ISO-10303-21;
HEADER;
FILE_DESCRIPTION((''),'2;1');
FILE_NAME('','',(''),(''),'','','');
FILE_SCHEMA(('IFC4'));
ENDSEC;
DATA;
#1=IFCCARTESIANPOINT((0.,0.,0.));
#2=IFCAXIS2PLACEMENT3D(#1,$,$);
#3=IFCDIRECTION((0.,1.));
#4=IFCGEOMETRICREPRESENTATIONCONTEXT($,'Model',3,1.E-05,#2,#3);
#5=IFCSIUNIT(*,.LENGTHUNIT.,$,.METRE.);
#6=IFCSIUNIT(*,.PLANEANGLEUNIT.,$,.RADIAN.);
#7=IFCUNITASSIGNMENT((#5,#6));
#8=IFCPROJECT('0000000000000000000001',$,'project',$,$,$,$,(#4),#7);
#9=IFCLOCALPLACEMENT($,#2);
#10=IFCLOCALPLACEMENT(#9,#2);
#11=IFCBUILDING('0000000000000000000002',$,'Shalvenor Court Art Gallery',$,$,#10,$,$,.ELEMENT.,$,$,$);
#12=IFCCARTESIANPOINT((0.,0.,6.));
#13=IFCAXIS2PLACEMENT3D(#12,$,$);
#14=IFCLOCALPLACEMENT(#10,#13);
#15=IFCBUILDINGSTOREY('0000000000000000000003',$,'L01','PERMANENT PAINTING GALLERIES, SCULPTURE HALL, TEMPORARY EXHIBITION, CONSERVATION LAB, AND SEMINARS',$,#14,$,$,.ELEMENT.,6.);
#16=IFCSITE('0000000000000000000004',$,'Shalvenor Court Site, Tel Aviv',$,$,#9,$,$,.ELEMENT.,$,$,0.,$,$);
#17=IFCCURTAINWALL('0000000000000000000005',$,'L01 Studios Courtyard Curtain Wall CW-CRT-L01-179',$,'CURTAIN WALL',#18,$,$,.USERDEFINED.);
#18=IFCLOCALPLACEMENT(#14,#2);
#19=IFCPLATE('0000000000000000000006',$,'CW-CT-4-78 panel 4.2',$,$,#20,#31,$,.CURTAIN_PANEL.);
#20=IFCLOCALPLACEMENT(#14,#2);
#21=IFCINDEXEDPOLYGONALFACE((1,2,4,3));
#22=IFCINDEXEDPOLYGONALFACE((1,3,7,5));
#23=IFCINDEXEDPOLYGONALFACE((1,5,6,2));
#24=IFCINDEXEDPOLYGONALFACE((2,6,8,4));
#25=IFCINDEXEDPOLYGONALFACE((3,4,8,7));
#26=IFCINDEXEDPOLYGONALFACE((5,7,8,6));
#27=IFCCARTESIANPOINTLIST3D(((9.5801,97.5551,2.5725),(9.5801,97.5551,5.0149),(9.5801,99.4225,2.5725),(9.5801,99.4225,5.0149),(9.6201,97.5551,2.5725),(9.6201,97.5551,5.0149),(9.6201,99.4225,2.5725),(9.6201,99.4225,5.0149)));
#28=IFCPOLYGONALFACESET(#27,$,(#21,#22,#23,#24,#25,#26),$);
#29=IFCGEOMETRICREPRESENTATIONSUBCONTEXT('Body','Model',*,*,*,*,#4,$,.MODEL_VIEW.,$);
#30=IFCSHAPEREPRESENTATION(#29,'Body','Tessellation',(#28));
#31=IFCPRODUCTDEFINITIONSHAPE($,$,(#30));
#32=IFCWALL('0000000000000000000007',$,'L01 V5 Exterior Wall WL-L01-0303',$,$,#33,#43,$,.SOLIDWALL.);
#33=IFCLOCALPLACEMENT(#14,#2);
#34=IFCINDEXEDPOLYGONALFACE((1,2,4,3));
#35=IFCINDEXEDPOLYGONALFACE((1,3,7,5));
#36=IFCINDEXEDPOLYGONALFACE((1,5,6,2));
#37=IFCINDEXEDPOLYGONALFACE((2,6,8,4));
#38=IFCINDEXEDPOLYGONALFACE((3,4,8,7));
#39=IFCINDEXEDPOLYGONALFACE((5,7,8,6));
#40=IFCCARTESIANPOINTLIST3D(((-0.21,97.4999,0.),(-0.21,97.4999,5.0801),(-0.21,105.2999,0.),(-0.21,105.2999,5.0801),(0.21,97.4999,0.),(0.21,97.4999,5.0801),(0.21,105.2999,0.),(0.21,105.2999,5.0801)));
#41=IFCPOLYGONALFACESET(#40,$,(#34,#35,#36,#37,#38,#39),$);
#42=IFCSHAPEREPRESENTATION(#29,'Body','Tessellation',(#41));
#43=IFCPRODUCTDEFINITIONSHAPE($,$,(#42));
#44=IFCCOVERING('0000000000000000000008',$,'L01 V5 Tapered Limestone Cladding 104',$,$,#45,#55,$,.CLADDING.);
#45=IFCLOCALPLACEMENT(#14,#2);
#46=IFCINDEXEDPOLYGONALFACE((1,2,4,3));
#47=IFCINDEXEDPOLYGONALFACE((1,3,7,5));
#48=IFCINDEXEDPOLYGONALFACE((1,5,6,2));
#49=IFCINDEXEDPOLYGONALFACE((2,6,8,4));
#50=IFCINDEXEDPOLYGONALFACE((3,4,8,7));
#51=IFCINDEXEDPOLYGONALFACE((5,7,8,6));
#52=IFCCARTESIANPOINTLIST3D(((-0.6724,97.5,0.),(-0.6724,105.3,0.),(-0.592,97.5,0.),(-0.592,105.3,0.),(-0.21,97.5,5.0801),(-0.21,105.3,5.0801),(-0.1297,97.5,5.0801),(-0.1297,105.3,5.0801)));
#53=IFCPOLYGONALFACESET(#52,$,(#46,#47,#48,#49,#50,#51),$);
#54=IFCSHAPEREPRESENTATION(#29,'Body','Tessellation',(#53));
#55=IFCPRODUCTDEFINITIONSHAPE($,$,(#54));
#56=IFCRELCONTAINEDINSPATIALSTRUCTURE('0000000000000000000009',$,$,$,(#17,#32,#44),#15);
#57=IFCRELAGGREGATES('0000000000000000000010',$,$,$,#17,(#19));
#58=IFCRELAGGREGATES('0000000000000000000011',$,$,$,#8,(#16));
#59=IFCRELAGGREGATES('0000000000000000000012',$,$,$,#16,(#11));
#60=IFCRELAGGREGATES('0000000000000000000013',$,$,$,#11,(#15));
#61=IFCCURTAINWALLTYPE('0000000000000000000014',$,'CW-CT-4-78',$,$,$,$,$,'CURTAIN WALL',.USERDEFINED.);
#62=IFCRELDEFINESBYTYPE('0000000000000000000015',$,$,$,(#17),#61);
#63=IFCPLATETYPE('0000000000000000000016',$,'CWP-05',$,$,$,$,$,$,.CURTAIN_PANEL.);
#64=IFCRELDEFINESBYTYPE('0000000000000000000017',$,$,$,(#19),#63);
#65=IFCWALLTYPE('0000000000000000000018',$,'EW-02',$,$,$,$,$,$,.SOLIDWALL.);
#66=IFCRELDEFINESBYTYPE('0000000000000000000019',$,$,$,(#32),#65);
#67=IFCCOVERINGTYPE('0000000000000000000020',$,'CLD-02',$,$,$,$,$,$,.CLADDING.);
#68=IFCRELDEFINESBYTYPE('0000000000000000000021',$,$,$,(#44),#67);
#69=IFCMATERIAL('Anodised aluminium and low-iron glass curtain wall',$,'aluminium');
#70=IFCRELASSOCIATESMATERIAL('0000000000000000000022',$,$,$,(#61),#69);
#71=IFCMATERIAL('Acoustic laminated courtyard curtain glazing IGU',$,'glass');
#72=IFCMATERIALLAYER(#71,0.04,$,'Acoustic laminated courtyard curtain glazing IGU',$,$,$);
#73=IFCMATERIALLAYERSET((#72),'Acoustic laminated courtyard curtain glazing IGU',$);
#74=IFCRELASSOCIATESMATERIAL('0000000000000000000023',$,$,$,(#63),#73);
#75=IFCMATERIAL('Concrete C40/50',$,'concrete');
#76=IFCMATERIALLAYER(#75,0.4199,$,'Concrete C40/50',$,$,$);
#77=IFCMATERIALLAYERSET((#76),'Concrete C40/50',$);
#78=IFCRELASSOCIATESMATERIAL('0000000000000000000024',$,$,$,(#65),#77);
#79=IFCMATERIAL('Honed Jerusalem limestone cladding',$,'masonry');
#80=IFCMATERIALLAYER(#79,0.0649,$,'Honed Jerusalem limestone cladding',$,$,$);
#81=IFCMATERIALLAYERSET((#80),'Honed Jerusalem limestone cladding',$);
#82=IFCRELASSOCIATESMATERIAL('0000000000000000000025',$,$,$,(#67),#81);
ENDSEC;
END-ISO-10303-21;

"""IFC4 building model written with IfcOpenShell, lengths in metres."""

from ifc_helpers import new_model, si_unit, direction, frame, frame_2d, origin, origin_2d, place, context, subcontext, project, spatial, polyline, rectangle, outline, extrude, material, layer, layer_set, type_object, element, aggregate, save


model = new_model("IFC4")

# Units and contexts
model_context = context("Model", 3, precision=1e-05, world=origin(), true_north=direction((0.0, 1.0)))
body_context = subcontext(model_context, "Body", "Model", "MODEL_VIEW")
ifc_project = project(units=[si_unit("LENGTHUNIT", "METRE"), si_unit("PLANEANGLEUNIT", "RADIAN")], contexts=[model_context])

# Site, building, storey
site_placement = place(None, origin())
site = spatial("IfcSite", under=ifc_project, at=site_placement, Name="Shalvenor Court Site, Tel Aviv", CompositionType="ELEMENT", RefElevation=0.0)
building_placement = place(site_placement, origin())
building = spatial("IfcBuilding", under=site, at=building_placement, Name="Shalvenor Court Art Gallery", CompositionType="ELEMENT")
storey_placement = place(building_placement, frame((0.0, 0.0, 6.0)))
storey = spatial("IfcBuildingStorey", under=building, at=storey_placement, Name="L01", Description="PERMANENT PAINTING GALLERIES, SCULPTURE HALL, TEMPORARY EXHIBITION, CONSERVATION LAB, AND SEMINARS", CompositionType="ELEMENT", Elevation=6.0)

# Curtain wall
ifc_material_1 = material(Name="Anodised aluminium and low-iron glass curtain wall", Category="aluminium")
curtain_wall_type_1 = type_object("IfcCurtainWallType", Name="CW-CT-4-78", ElementType="CURTAIN WALL", PredefinedType="USERDEFINED", material=ifc_material_1)
curtain_wall_1_placement = place(storey_placement, origin())
curtain_wall_1 = element("IfcCurtainWall", 1, at=curtain_wall_1_placement, inside=storey, type_object=curtain_wall_type_1, Name="L01 Studios Courtyard Curtain Wall CW-CRT-L01-179", ObjectType="CURTAIN WALL", PredefinedType="USERDEFINED")

# Plate
ifc_material_2 = material(Name="Acoustic laminated courtyard curtain glazing IGU", Category="glass")
ifc_layer_1 = layer(ifc_material_2, 0.04, Name="Acoustic laminated courtyard curtain glazing IGU")
ifc_layer_set_1 = layer_set([ifc_layer_1], Name="Acoustic laminated courtyard curtain glazing IGU")
plate_type = type_object("IfcPlateType", Name="CWP-05", PredefinedType="CURTAIN_PANEL", material=ifc_layer_set_1)
plate_1_placement = place(storey_placement, frame((9.6001, 98.4888, 2.5725), z_axis=(0.0, 0.0, 1.0), x_axis=(0.0, -1.0, 0.0)))
plate_1 = element("IfcPlate", 2, at=plate_1_placement, type_object=plate_type, Name="CW-CT-4-78 panel 4.2", PredefinedType="CURTAIN_PANEL", context=body_context, shape_type="SweptSolid", body=[
    extrude(rectangle(XDim=1.8674, YDim=0.04, at=origin_2d()), origin(), (0.0, 0.0, 1.0), 2.4424),
])
aggregate(curtain_wall_1, [plate_1])

# Wall
ifc_material_3 = material(Name="Concrete C40/50", Category="concrete")
ifc_layer_2 = layer(ifc_material_3, 0.4199, Name="Concrete C40/50")
ifc_layer_set_2 = layer_set([ifc_layer_2], Name="Concrete C40/50")
wall_type = type_object("IfcWallType", Name="EW-02", PredefinedType="SOLIDWALL", material=ifc_layer_set_2)
wall_placement = place(storey_placement, frame((0.0, 97.5, 0.0), z_axis=(0.0, 0.0, 1.0), x_axis=(0.0, 1.0, 0.0)))
element("IfcWall", 3, at=wall_placement, inside=storey, type_object=wall_type, Name="L01 V5 Exterior Wall WL-L01-0303", PredefinedType="SOLIDWALL", context=body_context, shape_type="SweptSolid", body=[
    extrude(rectangle(XDim=7.8, YDim=0.4199, at=frame_2d((3.8999, 0.0))), origin(), (0.0, 0.0, 1.0), 5.0801),
])

# Covering
ifc_material_4 = material(Name="Honed Jerusalem limestone cladding", Category="masonry")
ifc_layer_3 = layer(ifc_material_4, 0.0649, Name="Honed Jerusalem limestone cladding")
ifc_layer_set_3 = layer_set([ifc_layer_3], Name="Honed Jerusalem limestone cladding")
covering_type = type_object("IfcCoveringType", Name="CLD-02", PredefinedType="CLADDING", material=ifc_layer_set_3)
covering_placement = place(storey_placement, frame((-0.6724, 105.3, 0.0), z_axis=(0.0, 0.0, 1.0), x_axis=(0.0, -1.0, 0.0)))
element("IfcCovering", 4, at=covering_placement, inside=storey, type_object=covering_type, Name="L01 V5 Tapered Limestone Cladding 104", PredefinedType="CLADDING", context=body_context, shape_type="SweptSolid", body=[
    extrude(outline(polyline([(0.0, 0.0), (7.8, 0.0), (7.8, 5.1011), (0.0, 5.1011), (0.0, 0.0)])), frame((0.0, 0.0, 0.0), z_axis=(0.0, -0.995884, 0.090633), x_axis=(1.0, 0.0, 0.0)), (0.0, 0.090633, -0.995884), 0.0803),
])

save(model, "model.ifc")
